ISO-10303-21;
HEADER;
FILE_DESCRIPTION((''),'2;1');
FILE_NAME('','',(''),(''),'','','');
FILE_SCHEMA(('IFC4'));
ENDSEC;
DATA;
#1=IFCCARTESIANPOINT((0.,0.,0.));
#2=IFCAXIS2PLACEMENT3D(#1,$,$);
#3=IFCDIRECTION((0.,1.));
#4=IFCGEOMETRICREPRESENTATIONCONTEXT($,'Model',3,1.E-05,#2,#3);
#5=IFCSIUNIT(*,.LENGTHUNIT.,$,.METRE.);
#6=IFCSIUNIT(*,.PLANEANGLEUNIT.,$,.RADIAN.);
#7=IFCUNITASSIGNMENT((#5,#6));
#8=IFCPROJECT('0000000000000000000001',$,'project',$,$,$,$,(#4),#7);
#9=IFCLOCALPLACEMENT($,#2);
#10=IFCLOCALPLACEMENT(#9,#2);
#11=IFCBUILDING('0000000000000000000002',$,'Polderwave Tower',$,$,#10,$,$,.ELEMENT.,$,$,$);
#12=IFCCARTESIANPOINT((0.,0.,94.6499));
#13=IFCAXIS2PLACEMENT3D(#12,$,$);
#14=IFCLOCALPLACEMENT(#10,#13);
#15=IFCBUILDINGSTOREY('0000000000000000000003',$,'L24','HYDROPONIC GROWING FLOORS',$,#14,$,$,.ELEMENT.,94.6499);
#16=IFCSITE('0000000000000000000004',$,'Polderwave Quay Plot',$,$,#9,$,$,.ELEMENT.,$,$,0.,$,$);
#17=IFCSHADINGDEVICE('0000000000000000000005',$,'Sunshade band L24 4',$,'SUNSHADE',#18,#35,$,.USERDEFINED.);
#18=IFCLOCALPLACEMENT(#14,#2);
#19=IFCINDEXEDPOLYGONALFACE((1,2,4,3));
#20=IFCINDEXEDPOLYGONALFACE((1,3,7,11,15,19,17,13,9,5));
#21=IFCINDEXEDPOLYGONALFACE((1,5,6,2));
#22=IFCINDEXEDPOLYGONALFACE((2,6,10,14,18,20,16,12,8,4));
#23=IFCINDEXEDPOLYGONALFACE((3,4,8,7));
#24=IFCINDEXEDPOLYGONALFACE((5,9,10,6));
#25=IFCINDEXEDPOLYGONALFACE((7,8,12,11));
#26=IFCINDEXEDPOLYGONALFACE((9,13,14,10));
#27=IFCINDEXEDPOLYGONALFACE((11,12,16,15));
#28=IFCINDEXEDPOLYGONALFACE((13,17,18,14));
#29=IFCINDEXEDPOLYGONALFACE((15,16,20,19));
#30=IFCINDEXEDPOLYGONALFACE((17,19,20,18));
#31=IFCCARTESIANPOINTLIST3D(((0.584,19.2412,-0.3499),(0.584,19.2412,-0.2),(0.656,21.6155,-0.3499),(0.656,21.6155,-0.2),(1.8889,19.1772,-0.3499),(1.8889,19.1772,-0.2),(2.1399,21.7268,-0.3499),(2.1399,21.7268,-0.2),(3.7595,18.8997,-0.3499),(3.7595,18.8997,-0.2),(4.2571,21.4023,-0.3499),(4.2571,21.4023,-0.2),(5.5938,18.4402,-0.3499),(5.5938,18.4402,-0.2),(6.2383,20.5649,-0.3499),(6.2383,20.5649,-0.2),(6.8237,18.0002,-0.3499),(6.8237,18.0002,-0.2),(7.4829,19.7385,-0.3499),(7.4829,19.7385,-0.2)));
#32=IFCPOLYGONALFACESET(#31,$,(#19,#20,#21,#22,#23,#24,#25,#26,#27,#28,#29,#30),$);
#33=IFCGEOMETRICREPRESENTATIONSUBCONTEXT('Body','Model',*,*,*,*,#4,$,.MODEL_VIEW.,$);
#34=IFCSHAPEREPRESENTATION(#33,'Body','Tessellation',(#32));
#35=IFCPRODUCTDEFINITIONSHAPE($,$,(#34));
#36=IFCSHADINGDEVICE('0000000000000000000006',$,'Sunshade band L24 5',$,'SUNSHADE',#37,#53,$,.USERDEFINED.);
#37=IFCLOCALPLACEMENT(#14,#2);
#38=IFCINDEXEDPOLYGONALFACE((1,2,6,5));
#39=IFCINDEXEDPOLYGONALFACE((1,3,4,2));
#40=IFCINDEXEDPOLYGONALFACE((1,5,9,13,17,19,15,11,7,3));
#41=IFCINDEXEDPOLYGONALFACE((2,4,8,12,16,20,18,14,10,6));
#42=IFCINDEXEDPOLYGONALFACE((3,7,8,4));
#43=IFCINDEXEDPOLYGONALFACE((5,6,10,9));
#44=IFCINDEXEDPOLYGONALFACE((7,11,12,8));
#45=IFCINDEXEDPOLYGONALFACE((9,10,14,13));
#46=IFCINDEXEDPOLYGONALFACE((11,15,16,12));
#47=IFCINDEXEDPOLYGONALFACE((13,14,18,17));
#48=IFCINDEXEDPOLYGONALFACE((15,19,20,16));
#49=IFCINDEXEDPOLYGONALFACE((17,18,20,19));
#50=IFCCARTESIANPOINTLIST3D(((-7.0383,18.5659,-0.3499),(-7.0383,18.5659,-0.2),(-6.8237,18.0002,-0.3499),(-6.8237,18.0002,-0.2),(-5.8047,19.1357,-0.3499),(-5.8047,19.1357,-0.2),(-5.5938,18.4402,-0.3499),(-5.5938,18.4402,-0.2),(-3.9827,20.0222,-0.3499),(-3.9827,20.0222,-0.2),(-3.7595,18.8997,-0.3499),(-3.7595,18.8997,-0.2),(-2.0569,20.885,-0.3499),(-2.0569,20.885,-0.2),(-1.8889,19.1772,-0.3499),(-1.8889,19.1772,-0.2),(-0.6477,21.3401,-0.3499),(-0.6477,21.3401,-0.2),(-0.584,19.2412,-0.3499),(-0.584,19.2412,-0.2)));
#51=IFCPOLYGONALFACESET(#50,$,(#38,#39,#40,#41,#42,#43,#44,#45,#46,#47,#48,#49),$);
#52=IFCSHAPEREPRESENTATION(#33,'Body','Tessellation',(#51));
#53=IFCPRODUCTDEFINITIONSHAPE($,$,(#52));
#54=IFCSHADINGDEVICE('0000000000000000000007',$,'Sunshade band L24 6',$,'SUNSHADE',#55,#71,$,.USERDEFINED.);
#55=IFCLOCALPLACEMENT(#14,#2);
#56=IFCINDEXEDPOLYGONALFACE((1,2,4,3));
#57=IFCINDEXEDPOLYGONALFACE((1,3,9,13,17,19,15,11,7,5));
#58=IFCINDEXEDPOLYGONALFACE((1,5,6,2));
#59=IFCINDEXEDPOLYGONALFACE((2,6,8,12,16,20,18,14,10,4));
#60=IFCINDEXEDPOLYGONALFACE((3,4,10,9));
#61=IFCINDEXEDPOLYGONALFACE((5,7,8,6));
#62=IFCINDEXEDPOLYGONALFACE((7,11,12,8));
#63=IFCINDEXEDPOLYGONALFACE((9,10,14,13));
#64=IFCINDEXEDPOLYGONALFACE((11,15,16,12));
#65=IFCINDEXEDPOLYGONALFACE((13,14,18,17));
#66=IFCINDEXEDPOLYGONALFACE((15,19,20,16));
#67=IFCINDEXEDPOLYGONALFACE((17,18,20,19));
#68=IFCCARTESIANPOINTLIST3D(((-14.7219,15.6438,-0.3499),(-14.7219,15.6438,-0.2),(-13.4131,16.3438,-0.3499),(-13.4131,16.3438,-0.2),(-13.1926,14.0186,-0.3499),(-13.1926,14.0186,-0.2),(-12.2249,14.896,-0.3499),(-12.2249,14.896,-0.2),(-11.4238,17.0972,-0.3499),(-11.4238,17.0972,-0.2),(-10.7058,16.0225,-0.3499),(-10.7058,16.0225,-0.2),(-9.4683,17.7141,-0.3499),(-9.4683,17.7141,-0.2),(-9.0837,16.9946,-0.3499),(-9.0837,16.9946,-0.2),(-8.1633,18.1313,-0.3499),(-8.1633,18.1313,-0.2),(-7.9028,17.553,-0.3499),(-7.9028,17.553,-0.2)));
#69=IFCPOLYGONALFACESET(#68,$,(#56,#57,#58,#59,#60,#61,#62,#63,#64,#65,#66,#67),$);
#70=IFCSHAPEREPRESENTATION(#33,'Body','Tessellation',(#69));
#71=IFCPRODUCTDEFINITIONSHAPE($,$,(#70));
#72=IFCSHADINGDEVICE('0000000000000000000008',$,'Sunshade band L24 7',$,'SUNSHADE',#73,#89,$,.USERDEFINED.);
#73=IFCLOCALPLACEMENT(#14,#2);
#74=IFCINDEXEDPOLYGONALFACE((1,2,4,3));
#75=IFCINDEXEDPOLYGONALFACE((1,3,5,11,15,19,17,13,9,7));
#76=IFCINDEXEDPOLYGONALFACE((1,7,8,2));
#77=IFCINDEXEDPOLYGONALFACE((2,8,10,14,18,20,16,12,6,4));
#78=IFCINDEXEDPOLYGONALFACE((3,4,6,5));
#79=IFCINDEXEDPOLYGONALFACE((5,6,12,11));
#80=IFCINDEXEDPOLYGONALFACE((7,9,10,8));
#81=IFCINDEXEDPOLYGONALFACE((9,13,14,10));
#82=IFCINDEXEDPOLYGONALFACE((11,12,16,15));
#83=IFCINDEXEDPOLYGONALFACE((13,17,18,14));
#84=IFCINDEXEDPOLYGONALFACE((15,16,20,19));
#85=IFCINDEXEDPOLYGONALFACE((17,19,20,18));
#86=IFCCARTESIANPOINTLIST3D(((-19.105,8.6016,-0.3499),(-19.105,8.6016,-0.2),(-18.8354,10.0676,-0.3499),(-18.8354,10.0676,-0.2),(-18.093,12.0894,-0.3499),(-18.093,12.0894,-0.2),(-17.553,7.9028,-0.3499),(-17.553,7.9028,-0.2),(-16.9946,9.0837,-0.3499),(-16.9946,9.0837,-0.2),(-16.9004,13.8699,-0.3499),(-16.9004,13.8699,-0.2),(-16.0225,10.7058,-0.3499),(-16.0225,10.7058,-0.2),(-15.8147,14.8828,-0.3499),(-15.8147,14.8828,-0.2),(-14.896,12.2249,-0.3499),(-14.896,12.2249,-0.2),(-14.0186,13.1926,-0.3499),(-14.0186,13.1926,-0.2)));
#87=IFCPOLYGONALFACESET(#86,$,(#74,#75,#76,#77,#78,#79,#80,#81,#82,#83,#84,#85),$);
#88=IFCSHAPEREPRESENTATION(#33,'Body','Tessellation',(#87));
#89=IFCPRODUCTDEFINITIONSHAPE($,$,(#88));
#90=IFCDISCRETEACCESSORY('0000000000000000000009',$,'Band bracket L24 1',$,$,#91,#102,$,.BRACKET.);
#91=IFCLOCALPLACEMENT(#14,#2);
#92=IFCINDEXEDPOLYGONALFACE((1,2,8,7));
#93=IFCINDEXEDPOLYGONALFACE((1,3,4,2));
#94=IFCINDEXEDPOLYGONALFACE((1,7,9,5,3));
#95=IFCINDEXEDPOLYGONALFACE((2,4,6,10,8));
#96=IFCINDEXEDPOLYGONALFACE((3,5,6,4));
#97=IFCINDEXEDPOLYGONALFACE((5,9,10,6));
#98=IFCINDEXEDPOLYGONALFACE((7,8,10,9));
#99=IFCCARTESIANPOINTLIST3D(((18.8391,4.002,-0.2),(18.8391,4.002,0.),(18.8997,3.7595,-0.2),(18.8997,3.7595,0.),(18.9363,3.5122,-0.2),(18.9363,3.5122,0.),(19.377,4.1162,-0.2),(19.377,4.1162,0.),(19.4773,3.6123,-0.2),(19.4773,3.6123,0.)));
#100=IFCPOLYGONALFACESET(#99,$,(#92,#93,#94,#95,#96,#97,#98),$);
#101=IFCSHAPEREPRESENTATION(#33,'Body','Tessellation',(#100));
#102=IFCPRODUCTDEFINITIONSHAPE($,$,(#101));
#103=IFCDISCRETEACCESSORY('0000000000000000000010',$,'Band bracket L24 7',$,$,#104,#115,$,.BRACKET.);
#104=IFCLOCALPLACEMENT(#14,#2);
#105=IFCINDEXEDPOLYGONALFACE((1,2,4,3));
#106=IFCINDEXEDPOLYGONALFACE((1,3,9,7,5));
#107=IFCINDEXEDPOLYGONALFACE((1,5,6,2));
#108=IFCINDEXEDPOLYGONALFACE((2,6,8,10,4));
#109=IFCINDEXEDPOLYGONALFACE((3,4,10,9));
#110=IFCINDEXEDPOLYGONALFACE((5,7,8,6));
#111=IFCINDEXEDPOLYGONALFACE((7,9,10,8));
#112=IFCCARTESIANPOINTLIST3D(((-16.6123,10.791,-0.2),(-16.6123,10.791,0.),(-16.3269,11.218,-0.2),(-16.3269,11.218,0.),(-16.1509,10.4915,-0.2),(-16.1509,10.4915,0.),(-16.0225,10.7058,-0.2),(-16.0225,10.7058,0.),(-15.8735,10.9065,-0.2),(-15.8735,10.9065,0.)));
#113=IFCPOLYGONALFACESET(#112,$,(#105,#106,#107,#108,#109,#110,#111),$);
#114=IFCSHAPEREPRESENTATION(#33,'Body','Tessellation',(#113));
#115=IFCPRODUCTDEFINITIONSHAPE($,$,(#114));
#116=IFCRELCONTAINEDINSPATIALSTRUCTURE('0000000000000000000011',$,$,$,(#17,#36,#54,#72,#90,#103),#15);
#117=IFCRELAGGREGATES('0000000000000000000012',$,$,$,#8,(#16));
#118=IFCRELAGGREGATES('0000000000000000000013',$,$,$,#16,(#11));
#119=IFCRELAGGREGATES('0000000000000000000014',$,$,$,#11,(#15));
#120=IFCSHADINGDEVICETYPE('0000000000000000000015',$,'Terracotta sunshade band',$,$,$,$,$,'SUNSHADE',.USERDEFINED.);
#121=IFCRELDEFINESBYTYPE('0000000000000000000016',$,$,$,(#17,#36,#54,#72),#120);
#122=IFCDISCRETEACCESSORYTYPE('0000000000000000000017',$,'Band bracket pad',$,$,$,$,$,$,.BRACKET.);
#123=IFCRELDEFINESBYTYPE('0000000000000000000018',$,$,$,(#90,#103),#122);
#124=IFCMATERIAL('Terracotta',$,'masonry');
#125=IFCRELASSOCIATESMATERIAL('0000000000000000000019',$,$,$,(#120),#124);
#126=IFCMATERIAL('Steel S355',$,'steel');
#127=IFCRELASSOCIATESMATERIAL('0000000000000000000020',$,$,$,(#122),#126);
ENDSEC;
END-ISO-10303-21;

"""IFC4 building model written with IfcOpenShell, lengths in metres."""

from ifc_helpers import new_model, si_unit, direction, frame, origin, place, context, subcontext, project, spatial, polyline, outline, extrude, material, type_object, element, save


model = new_model("IFC4")

# Units and contexts
model_context = context("Model", 3, precision=1e-05, world=origin(), true_north=direction((0.0, 1.0)))
body_context = subcontext(model_context, "Body", "Model", "MODEL_VIEW")
ifc_project = project(units=[si_unit("LENGTHUNIT", "METRE"), si_unit("PLANEANGLEUNIT", "RADIAN")], contexts=[model_context])

# Site, building, storey
site_placement = place(None, origin())
site = spatial("IfcSite", under=ifc_project, at=site_placement, Name="Polderwave Quay Plot", CompositionType="ELEMENT", RefElevation=0.0)
building_placement = place(site_placement, origin())
building = spatial("IfcBuilding", under=site, at=building_placement, Name="Polderwave Tower", CompositionType="ELEMENT")
storey_placement = place(building_placement, frame((0.0, 0.0, 94.6499)))
storey = spatial("IfcBuildingStorey", under=building, at=storey_placement, Name="L24", Description="HYDROPONIC GROWING FLOORS", CompositionType="ELEMENT", Elevation=94.6499)

# Shading devices
ifc_material_1 = material(Name="Terracotta", Category="masonry")
shading_device_type = type_object("IfcShadingDeviceType", Name="Terracotta sunshade band", ElementType="SUNSHADE", PredefinedType="USERDEFINED", material=ifc_material_1)
shading_device_1_placement = place(storey_placement, frame((0.0, 0.0, -0.3499)))
element("IfcShadingDevice", 1, at=shading_device_1_placement, inside=storey, type_object=shading_device_type, Name="Sunshade band L24 4", ObjectType="SUNSHADE", PredefinedType="USERDEFINED", context=body_context, shape_type="SweptSolid", body=[
    extrude(outline(polyline([(6.8237, 18.0002), (5.5938, 18.4402), (3.7595, 18.8997), (1.8889, 19.1772), (0.584, 19.2412), (0.656, 21.6155), (2.1399, 21.7268), (4.2571, 21.4023), (6.2383, 20.5649), (7.4829, 19.7385), (6.8237, 18.0002)])), origin(), (0.0, 0.0, 1.0), 0.1499),
])
shading_device_2_placement = place(storey_placement, frame((0.0, 0.0, -0.3499)))
element("IfcShadingDevice", 2, at=shading_device_2_placement, inside=storey, type_object=shading_device_type, Name="Sunshade band L24 5", ObjectType="SUNSHADE", PredefinedType="USERDEFINED", context=body_context, shape_type="SweptSolid", body=[
    extrude(outline(polyline([(-0.584, 19.2412), (-1.8889, 19.1772), (-3.7595, 18.8997), (-5.5938, 18.4402), (-6.8237, 18.0002), (-7.0383, 18.5659), (-5.8047, 19.1357), (-3.9827, 20.0222), (-2.0569, 20.885), (-0.6477, 21.3401), (-0.584, 19.2412)])), origin(), (0.0, 0.0, 1.0), 0.1499),
])
shading_device_3_placement = place(storey_placement, frame((0.0, 0.0, -0.3499)))
element("IfcShadingDevice", 3, at=shading_device_3_placement, inside=storey, type_object=shading_device_type, Name="Sunshade band L24 6", ObjectType="SUNSHADE", PredefinedType="USERDEFINED", context=body_context, shape_type="SweptSolid", body=[
    extrude(outline(polyline([(-7.9028, 17.553), (-9.0837, 16.9946), (-10.7058, 16.0225), (-12.2249, 14.896), (-13.1926, 14.0186), (-14.7219, 15.6438), (-13.4131, 16.3438), (-11.4238, 17.0972), (-9.4683, 17.7141), (-8.1633, 18.1313), (-7.9028, 17.553)])), origin(), (0.0, 0.0, 1.0), 0.1499),
])
shading_device_4_placement = place(storey_placement, frame((0.0, 0.0, -0.3499)))
element("IfcShadingDevice", 4, at=shading_device_4_placement, inside=storey, type_object=shading_device_type, Name="Sunshade band L24 7", ObjectType="SUNSHADE", PredefinedType="USERDEFINED", context=body_context, shape_type="SweptSolid", body=[
    extrude(outline(polyline([(-14.0186, 13.1926), (-14.896, 12.2249), (-16.0225, 10.7058), (-16.9946, 9.0837), (-17.553, 7.9028), (-19.105, 8.6016), (-18.8354, 10.0676), (-18.093, 12.0894), (-16.9004, 13.8699), (-15.8147, 14.8828), (-14.0186, 13.1926)])), origin(), (0.0, 0.0, 1.0), 0.1499),
])

# Discrete accessories
ifc_material_2 = material(Name="Steel S355", Category="steel")
discrete_accessory_type = type_object("IfcDiscreteAccessoryType", Name="Band bracket pad", PredefinedType="BRACKET", material=ifc_material_2)
discrete_accessory_1_placement = place(storey_placement, frame((0.0, 0.0, -0.2)))
element("IfcDiscreteAccessory", 5, at=discrete_accessory_1_placement, inside=storey, type_object=discrete_accessory_type, Name="Band bracket L24 1", PredefinedType="BRACKET", context=body_context, shape_type="SweptSolid", body=[
    extrude(outline(polyline([(18.9363, 3.5122), (18.8997, 3.7595), (18.8391, 4.002), (19.377, 4.1162), (19.4773, 3.6123), (18.9363, 3.5122)])), origin(), (0.0, 0.0, 1.0), 0.2),
])
discrete_accessory_2_placement = place(storey_placement, frame((0.0, 0.0, -0.2)))
element("IfcDiscreteAccessory", 6, at=discrete_accessory_2_placement, inside=storey, type_object=discrete_accessory_type, Name="Band bracket L24 7", PredefinedType="BRACKET", context=body_context, shape_type="SweptSolid", body=[
    extrude(outline(polyline([(-15.8735, 10.9065), (-16.0225, 10.7058), (-16.1509, 10.4915), (-16.6123, 10.791), (-16.3269, 11.218), (-15.8735, 10.9065)])), origin(), (0.0, 0.0, 1.0), 0.2),
])

save(model, "model.ifc")
